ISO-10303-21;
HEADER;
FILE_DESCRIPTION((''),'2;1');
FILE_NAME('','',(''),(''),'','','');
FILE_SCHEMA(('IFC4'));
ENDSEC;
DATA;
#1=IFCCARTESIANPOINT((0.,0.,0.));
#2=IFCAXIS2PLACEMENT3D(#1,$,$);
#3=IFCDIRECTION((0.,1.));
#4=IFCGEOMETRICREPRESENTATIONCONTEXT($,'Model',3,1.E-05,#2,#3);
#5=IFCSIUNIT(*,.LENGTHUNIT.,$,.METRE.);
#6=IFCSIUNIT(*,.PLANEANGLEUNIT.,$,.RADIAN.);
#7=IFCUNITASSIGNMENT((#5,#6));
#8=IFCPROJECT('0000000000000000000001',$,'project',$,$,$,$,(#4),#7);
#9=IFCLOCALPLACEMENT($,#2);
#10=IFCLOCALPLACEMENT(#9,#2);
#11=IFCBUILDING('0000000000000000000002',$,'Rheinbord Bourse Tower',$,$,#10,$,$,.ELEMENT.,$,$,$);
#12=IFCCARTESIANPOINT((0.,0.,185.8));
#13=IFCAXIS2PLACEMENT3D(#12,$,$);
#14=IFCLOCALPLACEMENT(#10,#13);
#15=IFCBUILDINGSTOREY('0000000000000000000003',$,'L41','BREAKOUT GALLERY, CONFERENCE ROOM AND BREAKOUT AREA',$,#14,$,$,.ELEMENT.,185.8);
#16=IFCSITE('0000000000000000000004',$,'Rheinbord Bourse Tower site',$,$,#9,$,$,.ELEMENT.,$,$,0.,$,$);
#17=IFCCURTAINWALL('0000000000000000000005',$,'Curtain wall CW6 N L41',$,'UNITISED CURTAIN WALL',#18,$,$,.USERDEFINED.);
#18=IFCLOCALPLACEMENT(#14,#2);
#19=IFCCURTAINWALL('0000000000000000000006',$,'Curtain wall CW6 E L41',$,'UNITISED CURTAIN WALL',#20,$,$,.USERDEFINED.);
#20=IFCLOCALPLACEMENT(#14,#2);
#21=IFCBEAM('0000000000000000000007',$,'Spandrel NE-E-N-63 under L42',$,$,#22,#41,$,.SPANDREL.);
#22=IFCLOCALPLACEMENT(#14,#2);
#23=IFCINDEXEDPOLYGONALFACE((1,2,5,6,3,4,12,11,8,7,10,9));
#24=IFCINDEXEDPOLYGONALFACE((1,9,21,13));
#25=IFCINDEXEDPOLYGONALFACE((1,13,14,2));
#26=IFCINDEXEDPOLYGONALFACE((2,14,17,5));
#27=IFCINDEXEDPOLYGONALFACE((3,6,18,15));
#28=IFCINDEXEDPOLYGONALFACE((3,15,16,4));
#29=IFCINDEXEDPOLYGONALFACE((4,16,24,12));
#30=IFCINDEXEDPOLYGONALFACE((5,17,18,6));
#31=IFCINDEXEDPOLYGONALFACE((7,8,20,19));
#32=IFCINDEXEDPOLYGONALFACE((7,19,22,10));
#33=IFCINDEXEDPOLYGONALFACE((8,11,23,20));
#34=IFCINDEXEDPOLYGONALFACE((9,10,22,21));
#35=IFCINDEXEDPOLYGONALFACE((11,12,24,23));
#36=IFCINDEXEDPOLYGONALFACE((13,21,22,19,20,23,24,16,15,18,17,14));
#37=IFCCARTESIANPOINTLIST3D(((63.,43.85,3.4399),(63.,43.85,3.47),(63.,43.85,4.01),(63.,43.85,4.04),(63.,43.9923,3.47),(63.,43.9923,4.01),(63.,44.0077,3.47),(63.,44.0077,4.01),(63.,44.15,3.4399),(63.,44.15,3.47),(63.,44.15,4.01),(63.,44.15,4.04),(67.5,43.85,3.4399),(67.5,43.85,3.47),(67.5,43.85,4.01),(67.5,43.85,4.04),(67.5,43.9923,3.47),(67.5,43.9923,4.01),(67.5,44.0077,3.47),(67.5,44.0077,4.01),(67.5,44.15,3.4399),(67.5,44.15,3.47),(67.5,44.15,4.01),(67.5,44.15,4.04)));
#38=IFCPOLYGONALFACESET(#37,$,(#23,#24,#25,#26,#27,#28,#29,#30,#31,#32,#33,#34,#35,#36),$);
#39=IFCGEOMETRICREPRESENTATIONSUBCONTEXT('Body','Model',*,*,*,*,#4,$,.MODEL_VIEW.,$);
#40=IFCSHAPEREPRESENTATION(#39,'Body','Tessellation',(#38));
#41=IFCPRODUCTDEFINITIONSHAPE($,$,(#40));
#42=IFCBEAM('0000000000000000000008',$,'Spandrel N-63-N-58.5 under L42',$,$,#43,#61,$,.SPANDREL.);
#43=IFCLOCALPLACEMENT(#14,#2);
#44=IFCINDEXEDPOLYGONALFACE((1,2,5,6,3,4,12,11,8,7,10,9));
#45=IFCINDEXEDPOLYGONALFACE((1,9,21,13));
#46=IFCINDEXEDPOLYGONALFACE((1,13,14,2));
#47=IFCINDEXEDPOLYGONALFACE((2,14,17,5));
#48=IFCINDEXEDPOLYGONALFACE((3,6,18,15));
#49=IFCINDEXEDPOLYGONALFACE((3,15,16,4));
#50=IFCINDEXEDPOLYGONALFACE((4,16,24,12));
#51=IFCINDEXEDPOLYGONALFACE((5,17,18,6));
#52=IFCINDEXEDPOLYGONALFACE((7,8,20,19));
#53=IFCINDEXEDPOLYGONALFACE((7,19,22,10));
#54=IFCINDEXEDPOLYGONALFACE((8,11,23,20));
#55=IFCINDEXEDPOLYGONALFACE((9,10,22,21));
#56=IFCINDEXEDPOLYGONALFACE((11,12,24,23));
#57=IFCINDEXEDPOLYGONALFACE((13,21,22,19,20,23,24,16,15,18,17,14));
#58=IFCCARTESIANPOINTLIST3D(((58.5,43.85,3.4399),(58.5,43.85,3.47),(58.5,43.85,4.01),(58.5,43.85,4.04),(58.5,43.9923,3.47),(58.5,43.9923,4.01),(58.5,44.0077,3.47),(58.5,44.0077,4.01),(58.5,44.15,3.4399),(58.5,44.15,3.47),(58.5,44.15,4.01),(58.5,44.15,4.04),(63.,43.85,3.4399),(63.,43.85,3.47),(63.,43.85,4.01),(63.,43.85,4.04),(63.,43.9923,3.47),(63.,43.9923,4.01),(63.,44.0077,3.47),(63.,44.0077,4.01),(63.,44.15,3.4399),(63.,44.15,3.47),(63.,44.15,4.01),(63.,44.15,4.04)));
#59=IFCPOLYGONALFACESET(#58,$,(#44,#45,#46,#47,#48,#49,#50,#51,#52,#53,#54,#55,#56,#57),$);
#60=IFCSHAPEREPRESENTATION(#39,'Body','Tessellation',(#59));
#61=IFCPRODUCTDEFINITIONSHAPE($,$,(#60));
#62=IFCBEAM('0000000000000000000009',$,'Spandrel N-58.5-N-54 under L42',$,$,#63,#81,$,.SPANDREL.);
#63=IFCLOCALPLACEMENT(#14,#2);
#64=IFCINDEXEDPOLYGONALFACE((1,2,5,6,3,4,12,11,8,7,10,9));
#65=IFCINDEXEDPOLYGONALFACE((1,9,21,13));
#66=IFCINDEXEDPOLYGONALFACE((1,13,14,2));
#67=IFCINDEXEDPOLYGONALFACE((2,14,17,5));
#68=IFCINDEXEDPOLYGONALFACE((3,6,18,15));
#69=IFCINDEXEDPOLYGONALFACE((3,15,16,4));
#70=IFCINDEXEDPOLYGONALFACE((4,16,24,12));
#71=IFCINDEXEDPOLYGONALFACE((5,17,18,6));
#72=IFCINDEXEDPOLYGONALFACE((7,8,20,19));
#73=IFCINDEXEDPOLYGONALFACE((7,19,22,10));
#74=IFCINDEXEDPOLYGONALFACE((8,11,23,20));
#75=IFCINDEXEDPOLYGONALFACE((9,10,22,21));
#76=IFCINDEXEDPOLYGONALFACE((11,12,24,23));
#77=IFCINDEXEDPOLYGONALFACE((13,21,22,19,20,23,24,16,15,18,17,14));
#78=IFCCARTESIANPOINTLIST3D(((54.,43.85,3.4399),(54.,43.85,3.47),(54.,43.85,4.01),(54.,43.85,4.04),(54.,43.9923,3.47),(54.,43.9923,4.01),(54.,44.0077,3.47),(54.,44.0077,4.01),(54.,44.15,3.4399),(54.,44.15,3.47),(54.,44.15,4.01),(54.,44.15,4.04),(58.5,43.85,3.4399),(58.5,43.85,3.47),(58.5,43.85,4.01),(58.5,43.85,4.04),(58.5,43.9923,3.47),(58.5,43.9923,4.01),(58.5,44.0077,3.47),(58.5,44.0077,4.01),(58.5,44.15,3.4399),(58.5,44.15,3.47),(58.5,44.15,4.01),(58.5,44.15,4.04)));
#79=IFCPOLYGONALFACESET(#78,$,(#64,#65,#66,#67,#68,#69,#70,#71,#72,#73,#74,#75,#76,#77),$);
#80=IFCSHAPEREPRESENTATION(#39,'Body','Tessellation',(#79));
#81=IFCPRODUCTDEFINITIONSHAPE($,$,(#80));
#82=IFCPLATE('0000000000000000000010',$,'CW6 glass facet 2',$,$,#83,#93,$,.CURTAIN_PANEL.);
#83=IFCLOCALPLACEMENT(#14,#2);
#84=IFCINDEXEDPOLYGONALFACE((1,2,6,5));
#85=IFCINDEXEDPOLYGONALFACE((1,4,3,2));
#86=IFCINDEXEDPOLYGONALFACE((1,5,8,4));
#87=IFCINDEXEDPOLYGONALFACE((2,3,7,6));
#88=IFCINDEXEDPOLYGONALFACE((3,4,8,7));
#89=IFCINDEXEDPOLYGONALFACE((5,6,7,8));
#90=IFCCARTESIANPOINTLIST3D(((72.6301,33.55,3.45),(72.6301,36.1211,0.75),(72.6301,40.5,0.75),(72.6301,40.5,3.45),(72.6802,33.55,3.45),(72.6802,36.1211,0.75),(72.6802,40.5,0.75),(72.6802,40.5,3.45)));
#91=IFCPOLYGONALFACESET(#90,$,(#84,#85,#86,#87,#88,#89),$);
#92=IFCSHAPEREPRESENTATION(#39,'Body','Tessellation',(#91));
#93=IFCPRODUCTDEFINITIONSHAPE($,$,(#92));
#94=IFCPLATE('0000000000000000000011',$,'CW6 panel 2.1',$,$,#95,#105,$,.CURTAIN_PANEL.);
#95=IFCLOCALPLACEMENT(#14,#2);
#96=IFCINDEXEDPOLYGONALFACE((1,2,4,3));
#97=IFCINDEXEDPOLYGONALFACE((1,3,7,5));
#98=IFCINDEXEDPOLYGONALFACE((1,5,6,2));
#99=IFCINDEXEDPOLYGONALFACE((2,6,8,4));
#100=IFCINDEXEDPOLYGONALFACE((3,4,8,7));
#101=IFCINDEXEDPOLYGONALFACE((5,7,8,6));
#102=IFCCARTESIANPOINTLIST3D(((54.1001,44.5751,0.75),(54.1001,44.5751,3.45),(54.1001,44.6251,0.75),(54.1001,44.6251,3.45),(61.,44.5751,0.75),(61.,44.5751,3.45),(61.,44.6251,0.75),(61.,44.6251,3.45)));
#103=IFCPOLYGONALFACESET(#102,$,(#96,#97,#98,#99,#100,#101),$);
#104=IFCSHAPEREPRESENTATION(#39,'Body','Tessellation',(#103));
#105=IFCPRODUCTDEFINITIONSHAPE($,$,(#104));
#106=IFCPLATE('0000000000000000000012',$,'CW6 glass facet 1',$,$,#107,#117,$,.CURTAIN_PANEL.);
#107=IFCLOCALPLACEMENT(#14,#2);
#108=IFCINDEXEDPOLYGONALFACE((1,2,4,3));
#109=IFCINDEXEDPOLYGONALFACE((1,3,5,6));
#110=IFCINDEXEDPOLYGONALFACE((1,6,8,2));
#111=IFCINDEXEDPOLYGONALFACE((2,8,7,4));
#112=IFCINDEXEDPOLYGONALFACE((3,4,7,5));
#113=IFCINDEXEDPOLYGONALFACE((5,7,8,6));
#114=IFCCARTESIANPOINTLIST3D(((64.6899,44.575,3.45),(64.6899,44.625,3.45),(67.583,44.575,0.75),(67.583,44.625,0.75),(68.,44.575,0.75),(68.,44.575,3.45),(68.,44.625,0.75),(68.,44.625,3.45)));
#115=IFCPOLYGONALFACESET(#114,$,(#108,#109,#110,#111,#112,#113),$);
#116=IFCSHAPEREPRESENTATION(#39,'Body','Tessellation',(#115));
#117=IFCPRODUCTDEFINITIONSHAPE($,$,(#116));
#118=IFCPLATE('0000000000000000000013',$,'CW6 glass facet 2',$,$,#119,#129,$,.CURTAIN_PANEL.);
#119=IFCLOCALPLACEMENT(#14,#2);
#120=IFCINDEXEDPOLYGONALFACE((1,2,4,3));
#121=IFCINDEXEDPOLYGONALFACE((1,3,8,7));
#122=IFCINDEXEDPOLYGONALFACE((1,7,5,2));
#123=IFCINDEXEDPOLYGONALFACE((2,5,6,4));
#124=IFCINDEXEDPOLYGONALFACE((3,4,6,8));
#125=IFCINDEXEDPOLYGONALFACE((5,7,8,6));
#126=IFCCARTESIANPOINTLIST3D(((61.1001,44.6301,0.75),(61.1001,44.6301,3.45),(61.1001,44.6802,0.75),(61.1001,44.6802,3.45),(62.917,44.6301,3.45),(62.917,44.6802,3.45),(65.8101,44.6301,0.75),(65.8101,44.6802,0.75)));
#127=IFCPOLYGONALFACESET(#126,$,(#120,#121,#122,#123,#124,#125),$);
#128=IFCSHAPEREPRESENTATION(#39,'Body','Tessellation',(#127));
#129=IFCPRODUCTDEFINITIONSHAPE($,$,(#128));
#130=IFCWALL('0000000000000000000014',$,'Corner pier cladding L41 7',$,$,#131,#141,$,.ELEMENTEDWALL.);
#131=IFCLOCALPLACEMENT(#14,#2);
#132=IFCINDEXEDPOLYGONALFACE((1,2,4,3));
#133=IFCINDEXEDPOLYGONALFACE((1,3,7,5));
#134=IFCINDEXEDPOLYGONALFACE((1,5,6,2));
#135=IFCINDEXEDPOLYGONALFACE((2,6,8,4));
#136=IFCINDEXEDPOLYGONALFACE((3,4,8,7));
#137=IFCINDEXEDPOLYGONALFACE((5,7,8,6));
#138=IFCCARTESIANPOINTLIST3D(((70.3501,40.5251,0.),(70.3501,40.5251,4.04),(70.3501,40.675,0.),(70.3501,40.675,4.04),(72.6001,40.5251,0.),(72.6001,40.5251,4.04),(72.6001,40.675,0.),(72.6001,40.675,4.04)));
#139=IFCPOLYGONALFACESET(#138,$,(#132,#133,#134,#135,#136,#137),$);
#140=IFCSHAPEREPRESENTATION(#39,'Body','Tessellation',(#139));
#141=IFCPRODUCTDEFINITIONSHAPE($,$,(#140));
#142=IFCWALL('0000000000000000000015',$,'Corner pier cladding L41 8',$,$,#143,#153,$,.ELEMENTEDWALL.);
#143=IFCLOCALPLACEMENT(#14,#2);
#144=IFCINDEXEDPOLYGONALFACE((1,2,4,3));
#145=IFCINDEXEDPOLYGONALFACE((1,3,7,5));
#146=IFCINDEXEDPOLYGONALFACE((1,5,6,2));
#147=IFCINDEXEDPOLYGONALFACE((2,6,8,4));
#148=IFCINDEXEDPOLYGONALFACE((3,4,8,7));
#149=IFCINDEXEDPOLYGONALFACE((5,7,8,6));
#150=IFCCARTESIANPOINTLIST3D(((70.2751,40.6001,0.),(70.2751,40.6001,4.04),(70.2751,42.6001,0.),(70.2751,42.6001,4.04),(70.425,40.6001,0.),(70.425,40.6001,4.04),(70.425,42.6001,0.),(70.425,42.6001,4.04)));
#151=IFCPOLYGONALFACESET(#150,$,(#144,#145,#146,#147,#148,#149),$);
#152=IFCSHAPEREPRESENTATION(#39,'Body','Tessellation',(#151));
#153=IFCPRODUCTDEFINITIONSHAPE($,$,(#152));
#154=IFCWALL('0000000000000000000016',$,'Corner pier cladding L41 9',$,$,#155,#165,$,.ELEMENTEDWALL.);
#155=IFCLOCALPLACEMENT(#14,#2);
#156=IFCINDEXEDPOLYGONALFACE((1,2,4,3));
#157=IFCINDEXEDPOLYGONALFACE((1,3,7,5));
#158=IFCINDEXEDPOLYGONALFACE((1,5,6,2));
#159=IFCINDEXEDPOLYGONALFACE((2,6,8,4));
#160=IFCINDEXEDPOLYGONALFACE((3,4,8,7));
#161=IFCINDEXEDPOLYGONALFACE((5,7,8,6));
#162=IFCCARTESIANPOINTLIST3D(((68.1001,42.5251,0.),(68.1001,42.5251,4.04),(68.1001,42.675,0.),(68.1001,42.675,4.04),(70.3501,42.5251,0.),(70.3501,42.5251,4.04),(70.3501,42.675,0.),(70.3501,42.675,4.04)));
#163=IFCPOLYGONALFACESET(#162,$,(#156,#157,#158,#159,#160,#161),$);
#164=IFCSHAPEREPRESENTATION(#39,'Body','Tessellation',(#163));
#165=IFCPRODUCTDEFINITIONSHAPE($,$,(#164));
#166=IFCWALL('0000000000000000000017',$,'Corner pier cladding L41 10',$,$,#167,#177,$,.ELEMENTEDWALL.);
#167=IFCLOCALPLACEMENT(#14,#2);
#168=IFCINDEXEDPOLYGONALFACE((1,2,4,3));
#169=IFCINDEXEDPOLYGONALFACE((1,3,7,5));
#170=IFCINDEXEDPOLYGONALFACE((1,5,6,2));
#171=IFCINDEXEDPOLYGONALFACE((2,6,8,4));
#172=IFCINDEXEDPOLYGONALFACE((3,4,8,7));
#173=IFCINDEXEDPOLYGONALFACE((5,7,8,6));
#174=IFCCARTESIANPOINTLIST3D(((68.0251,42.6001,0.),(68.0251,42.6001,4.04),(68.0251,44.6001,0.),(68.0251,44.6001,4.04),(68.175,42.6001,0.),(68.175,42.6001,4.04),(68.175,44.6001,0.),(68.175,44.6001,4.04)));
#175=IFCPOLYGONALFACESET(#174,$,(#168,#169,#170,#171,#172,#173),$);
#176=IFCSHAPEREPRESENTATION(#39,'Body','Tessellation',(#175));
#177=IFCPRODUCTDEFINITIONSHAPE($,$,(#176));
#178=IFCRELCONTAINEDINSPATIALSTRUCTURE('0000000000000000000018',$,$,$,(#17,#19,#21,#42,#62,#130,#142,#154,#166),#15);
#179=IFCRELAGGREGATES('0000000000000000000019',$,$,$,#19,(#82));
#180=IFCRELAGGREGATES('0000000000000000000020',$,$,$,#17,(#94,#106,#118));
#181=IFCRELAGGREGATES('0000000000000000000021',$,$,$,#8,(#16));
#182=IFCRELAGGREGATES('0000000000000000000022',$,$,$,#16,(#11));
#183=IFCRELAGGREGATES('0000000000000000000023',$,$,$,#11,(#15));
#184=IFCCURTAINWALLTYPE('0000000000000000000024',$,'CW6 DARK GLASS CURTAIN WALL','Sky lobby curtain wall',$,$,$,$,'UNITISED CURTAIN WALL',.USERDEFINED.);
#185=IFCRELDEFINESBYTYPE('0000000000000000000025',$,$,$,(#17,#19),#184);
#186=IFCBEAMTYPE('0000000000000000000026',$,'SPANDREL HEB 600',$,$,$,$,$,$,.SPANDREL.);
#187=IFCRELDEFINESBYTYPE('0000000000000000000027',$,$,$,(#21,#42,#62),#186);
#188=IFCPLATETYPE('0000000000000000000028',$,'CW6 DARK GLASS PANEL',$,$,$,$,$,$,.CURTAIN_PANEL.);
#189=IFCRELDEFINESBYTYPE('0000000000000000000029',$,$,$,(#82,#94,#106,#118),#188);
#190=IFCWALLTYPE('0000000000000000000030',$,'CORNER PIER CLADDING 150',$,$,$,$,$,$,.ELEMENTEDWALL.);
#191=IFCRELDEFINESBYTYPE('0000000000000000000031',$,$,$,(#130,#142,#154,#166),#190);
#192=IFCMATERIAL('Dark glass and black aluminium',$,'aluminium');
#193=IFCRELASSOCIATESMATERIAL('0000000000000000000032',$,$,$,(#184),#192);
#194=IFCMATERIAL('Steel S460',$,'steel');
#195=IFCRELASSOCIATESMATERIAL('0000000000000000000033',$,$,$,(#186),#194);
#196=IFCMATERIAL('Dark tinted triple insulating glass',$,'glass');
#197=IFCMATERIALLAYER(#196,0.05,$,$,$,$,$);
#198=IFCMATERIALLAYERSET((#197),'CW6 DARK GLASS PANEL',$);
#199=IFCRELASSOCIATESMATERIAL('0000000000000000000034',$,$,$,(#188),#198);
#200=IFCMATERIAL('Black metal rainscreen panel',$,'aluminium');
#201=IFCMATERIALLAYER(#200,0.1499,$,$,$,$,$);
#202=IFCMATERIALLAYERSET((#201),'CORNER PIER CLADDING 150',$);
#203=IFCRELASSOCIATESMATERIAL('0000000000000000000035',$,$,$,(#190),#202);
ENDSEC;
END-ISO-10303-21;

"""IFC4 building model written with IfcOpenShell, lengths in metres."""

from ifc_helpers import new_model, si_unit, direction, frame, frame_2d, origin, origin_2d, place, context, subcontext, project, spatial, polyline, rectangle, i_section, outline, extrude, material, layer, layer_set, material_profile, profile_set, type_object, element, aggregate, save


model = new_model("IFC4")

# Units and contexts
model_context = context("Model", 3, precision=1e-05, world=origin(), true_north=direction((0.0, 1.0)))
body_context = subcontext(model_context, "Body", "Model", "MODEL_VIEW")
ifc_project = project(units=[si_unit("LENGTHUNIT", "METRE"), si_unit("PLANEANGLEUNIT", "RADIAN")], contexts=[model_context])

# Site, building, storey
site_placement = place(None, origin())
site = spatial("IfcSite", under=ifc_project, at=site_placement, Name="Rheinbord Bourse Tower site", CompositionType="ELEMENT", RefElevation=0.0)
building_placement = place(site_placement, origin())
building = spatial("IfcBuilding", under=site, at=building_placement, Name="Rheinbord Bourse Tower", CompositionType="ELEMENT")
storey_placement = place(building_placement, frame((0.0, 0.0, 185.8)))
storey = spatial("IfcBuildingStorey", under=building, at=storey_placement, Name="L41", Description="BREAKOUT GALLERY, CONFERENCE ROOM AND BREAKOUT AREA", CompositionType="ELEMENT", Elevation=185.8)

# Curtain walls
ifc_material_1 = material(Name="Dark glass and black aluminium", Category="aluminium")
curtain_wall_type = type_object("IfcCurtainWallType", Name="CW6 DARK GLASS CURTAIN WALL", Description="Sky lobby curtain wall", ElementType="UNITISED CURTAIN WALL", PredefinedType="USERDEFINED", material=ifc_material_1)
curtain_wall_1_placement = place(storey_placement, origin())
curtain_wall_1 = element("IfcCurtainWall", 1, at=curtain_wall_1_placement, inside=storey, type_object=curtain_wall_type, Name="Curtain wall CW6 N L41", ObjectType="UNITISED CURTAIN WALL", PredefinedType="USERDEFINED")
curtain_wall_2_placement = place(storey_placement, origin())
curtain_wall_2 = element("IfcCurtainWall", 2, at=curtain_wall_2_placement, inside=storey, type_object=curtain_wall_type, Name="Curtain wall CW6 E L41", ObjectType="UNITISED CURTAIN WALL", PredefinedType="USERDEFINED")

# Beams
ifc_material_2 = material(Name="Steel S460", Category="steel")
ifc_material_profile_1 = material_profile(ifc_material_2, i_section(OverallWidth=0.3, OverallDepth=0.6001, WebThickness=0.0154, FlangeThickness=0.03, at=origin_2d()), Name="HEB 600")
ifc_profile_set_1 = profile_set([ifc_material_profile_1], Name="Steel S460")
beam_type_1 = type_object("IfcBeamType", Name="SPANDREL HEB 600", PredefinedType="SPANDREL", material=ifc_profile_set_1)
for number, where, z_axis, x_axis, name in (
    (3, (67.5, 44.0, 3.74), (-1.0, 0.0, 0.0), (0.0, -1.0, 0.0), "Spandrel NE-E-N-63 under L42"),
    (4, (63.0, 44.0, 3.74), (-1.0, 0.0, 0.0), (0.0, -1.0, 0.0), "Spandrel N-63-N-58.5 under L42"),
    (5, (58.5, 44.0, 3.74), (-1.0, 0.0, 0.0), (0.0, -1.0, 0.0), "Spandrel N-58.5-N-54 under L42"),
):
    element("IfcBeam", number, at=place(storey_placement, frame(where, z_axis=z_axis, x_axis=x_axis)), inside=storey, type_object=beam_type_1, Name=name, PredefinedType="SPANDREL", context=body_context, shape_type="SweptSolid", body=[
        extrude(i_section(OverallWidth=0.3, OverallDepth=0.6001, WebThickness=0.0154, FlangeThickness=0.03, at=origin_2d()), origin(), (0.0, 0.0, 1.0), 4.5),
    ])

# Plates
ifc_material_3 = material(Name="Dark tinted triple insulating glass", Category="glass")
ifc_layer_1 = layer(ifc_material_3, 0.05)
ifc_layer_set_1 = layer_set([ifc_layer_1], Name="CW6 DARK GLASS PANEL")
plate_type = type_object("IfcPlateType", Name="CW6 DARK GLASS PANEL", PredefinedType="CURTAIN_PANEL", material=ifc_layer_set_1)
plate_1_placement = place(storey_placement, frame((72.6802, 40.5, 3.45), z_axis=(-1.0, 0.0, 0.0), x_axis=(0.0, 0.0, -1.0)))
plate_1 = element("IfcPlate", 6, at=plate_1_placement, type_object=plate_type, Name="CW6 glass facet 2", PredefinedType="CURTAIN_PANEL", context=body_context, shape_type="SweptSolid", body=[
    extrude(outline(polyline([(0.0, 0.0), (2.7, 0.0), (2.7, 4.3789), (0.0, 6.95), (0.0, 0.0)])), origin(), (0.0, 0.0, 1.0), 0.05),
])
aggregate(curtain_wall_2, [plate_1])
plate_2_placement = place(storey_placement, frame((57.55, 44.6001, 0.75), z_axis=(0.0, 0.0, 1.0), x_axis=(-1.0, 0.0, 0.0)))
plate_2 = element("IfcPlate", 7, at=plate_2_placement, type_object=plate_type, Name="CW6 panel 2.1", PredefinedType="CURTAIN_PANEL", context=body_context, shape_type="SweptSolid", body=[
    extrude(rectangle(XDim=6.8999, YDim=0.05, at=origin_2d()), origin(), (0.0, 0.0, 1.0), 2.7),
])
plate_3_placement = place(storey_placement, frame((68.0, 44.625, 0.75), z_axis=(0.0, -1.0, 0.0), x_axis=(0.0, 0.0, 1.0)))
plate_3 = element("IfcPlate", 8, at=plate_3_placement, type_object=plate_type, Name="CW6 glass facet 1", PredefinedType="CURTAIN_PANEL", context=body_context, shape_type="SweptSolid", body=[
    extrude(outline(polyline([(0.0, 0.0), (2.7, 0.0), (2.7, 3.3101), (0.0, 0.417), (0.0, 0.0)])), origin(), (0.0, 0.0, 1.0), 0.05),
])
plate_4_placement = place(storey_placement, frame((61.1001, 44.6802, 3.45), z_axis=(0.0, -1.0, 0.0), x_axis=(0.0, 0.0, -1.0)))
plate_4 = element("IfcPlate", 9, at=plate_4_placement, type_object=plate_type, Name="CW6 glass facet 2", PredefinedType="CURTAIN_PANEL", context=body_context, shape_type="SweptSolid", body=[
    extrude(outline(polyline([(0.0, 0.0), (2.7, 0.0), (2.7, 4.71), (0.0, 1.8169), (0.0, 0.0)])), origin(), (0.0, 0.0, 1.0), 0.05),
])
aggregate(curtain_wall_1, [plate_2, plate_3, plate_4])

# Walls
ifc_material_4 = material(Name="Black metal rainscreen panel", Category="aluminium")
ifc_layer_2 = layer(ifc_material_4, 0.1499)
ifc_layer_set_2 = layer_set([ifc_layer_2], Name="CORNER PIER CLADDING 150")
wall_type = type_object("IfcWallType", Name="CORNER PIER CLADDING 150", PredefinedType="ELEMENTEDWALL", material=ifc_layer_set_2)
wall_1_placement = place(storey_placement, frame((72.6001, 40.6001, 0.0), z_axis=(0.0, 0.0, 1.0), x_axis=(-1.0, 0.0, 0.0)))
element("IfcWall", 10, at=wall_1_placement, inside=storey, type_object=wall_type, Name="Corner pier cladding L41 7", PredefinedType="ELEMENTEDWALL", context=body_context, shape_type="SweptSolid", body=[
    extrude(rectangle(XDim=2.25, YDim=0.1499, at=frame_2d((1.125, 0.0))), origin(), (0.0, 0.0, 1.0), 4.04),
])
wall_2_placement = place(storey_placement, frame((70.3501, 40.6001, 0.0), z_axis=(0.0, 0.0, 1.0), x_axis=(0.0, 1.0, 0.0)))
element("IfcWall", 11, at=wall_2_placement, inside=storey, type_object=wall_type, Name="Corner pier cladding L41 8", PredefinedType="ELEMENTEDWALL", context=body_context, shape_type="SweptSolid", body=[
    extrude(rectangle(XDim=2.0, YDim=0.1499, at=frame_2d((1.0, 0.0))), origin(), (0.0, 0.0, 1.0), 4.04),
])
wall_3_placement = place(storey_placement, frame((70.3501, 42.6001, 0.0), z_axis=(0.0, 0.0, 1.0), x_axis=(-1.0, 0.0, 0.0)))
element("IfcWall", 12, at=wall_3_placement, inside=storey, type_object=wall_type, Name="Corner pier cladding L41 9", PredefinedType="ELEMENTEDWALL", context=body_context, shape_type="SweptSolid", body=[
    extrude(rectangle(XDim=2.25, YDim=0.1499, at=frame_2d((1.125, 0.0))), origin(), (0.0, 0.0, 1.0), 4.04),
])
wall_4_placement = place(storey_placement, frame((68.1001, 42.6001, 0.0), z_axis=(0.0, 0.0, 1.0), x_axis=(0.0, 1.0, 0.0)))
element("IfcWall", 13, at=wall_4_placement, inside=storey, type_object=wall_type, Name="Corner pier cladding L41 10", PredefinedType="ELEMENTEDWALL", context=body_context, shape_type="SweptSolid", body=[
    extrude(rectangle(XDim=2.0, YDim=0.1499, at=frame_2d((1.0, 0.0))), origin(), (0.0, 0.0, 1.0), 4.04),
])

save(model, "model.ifc")
